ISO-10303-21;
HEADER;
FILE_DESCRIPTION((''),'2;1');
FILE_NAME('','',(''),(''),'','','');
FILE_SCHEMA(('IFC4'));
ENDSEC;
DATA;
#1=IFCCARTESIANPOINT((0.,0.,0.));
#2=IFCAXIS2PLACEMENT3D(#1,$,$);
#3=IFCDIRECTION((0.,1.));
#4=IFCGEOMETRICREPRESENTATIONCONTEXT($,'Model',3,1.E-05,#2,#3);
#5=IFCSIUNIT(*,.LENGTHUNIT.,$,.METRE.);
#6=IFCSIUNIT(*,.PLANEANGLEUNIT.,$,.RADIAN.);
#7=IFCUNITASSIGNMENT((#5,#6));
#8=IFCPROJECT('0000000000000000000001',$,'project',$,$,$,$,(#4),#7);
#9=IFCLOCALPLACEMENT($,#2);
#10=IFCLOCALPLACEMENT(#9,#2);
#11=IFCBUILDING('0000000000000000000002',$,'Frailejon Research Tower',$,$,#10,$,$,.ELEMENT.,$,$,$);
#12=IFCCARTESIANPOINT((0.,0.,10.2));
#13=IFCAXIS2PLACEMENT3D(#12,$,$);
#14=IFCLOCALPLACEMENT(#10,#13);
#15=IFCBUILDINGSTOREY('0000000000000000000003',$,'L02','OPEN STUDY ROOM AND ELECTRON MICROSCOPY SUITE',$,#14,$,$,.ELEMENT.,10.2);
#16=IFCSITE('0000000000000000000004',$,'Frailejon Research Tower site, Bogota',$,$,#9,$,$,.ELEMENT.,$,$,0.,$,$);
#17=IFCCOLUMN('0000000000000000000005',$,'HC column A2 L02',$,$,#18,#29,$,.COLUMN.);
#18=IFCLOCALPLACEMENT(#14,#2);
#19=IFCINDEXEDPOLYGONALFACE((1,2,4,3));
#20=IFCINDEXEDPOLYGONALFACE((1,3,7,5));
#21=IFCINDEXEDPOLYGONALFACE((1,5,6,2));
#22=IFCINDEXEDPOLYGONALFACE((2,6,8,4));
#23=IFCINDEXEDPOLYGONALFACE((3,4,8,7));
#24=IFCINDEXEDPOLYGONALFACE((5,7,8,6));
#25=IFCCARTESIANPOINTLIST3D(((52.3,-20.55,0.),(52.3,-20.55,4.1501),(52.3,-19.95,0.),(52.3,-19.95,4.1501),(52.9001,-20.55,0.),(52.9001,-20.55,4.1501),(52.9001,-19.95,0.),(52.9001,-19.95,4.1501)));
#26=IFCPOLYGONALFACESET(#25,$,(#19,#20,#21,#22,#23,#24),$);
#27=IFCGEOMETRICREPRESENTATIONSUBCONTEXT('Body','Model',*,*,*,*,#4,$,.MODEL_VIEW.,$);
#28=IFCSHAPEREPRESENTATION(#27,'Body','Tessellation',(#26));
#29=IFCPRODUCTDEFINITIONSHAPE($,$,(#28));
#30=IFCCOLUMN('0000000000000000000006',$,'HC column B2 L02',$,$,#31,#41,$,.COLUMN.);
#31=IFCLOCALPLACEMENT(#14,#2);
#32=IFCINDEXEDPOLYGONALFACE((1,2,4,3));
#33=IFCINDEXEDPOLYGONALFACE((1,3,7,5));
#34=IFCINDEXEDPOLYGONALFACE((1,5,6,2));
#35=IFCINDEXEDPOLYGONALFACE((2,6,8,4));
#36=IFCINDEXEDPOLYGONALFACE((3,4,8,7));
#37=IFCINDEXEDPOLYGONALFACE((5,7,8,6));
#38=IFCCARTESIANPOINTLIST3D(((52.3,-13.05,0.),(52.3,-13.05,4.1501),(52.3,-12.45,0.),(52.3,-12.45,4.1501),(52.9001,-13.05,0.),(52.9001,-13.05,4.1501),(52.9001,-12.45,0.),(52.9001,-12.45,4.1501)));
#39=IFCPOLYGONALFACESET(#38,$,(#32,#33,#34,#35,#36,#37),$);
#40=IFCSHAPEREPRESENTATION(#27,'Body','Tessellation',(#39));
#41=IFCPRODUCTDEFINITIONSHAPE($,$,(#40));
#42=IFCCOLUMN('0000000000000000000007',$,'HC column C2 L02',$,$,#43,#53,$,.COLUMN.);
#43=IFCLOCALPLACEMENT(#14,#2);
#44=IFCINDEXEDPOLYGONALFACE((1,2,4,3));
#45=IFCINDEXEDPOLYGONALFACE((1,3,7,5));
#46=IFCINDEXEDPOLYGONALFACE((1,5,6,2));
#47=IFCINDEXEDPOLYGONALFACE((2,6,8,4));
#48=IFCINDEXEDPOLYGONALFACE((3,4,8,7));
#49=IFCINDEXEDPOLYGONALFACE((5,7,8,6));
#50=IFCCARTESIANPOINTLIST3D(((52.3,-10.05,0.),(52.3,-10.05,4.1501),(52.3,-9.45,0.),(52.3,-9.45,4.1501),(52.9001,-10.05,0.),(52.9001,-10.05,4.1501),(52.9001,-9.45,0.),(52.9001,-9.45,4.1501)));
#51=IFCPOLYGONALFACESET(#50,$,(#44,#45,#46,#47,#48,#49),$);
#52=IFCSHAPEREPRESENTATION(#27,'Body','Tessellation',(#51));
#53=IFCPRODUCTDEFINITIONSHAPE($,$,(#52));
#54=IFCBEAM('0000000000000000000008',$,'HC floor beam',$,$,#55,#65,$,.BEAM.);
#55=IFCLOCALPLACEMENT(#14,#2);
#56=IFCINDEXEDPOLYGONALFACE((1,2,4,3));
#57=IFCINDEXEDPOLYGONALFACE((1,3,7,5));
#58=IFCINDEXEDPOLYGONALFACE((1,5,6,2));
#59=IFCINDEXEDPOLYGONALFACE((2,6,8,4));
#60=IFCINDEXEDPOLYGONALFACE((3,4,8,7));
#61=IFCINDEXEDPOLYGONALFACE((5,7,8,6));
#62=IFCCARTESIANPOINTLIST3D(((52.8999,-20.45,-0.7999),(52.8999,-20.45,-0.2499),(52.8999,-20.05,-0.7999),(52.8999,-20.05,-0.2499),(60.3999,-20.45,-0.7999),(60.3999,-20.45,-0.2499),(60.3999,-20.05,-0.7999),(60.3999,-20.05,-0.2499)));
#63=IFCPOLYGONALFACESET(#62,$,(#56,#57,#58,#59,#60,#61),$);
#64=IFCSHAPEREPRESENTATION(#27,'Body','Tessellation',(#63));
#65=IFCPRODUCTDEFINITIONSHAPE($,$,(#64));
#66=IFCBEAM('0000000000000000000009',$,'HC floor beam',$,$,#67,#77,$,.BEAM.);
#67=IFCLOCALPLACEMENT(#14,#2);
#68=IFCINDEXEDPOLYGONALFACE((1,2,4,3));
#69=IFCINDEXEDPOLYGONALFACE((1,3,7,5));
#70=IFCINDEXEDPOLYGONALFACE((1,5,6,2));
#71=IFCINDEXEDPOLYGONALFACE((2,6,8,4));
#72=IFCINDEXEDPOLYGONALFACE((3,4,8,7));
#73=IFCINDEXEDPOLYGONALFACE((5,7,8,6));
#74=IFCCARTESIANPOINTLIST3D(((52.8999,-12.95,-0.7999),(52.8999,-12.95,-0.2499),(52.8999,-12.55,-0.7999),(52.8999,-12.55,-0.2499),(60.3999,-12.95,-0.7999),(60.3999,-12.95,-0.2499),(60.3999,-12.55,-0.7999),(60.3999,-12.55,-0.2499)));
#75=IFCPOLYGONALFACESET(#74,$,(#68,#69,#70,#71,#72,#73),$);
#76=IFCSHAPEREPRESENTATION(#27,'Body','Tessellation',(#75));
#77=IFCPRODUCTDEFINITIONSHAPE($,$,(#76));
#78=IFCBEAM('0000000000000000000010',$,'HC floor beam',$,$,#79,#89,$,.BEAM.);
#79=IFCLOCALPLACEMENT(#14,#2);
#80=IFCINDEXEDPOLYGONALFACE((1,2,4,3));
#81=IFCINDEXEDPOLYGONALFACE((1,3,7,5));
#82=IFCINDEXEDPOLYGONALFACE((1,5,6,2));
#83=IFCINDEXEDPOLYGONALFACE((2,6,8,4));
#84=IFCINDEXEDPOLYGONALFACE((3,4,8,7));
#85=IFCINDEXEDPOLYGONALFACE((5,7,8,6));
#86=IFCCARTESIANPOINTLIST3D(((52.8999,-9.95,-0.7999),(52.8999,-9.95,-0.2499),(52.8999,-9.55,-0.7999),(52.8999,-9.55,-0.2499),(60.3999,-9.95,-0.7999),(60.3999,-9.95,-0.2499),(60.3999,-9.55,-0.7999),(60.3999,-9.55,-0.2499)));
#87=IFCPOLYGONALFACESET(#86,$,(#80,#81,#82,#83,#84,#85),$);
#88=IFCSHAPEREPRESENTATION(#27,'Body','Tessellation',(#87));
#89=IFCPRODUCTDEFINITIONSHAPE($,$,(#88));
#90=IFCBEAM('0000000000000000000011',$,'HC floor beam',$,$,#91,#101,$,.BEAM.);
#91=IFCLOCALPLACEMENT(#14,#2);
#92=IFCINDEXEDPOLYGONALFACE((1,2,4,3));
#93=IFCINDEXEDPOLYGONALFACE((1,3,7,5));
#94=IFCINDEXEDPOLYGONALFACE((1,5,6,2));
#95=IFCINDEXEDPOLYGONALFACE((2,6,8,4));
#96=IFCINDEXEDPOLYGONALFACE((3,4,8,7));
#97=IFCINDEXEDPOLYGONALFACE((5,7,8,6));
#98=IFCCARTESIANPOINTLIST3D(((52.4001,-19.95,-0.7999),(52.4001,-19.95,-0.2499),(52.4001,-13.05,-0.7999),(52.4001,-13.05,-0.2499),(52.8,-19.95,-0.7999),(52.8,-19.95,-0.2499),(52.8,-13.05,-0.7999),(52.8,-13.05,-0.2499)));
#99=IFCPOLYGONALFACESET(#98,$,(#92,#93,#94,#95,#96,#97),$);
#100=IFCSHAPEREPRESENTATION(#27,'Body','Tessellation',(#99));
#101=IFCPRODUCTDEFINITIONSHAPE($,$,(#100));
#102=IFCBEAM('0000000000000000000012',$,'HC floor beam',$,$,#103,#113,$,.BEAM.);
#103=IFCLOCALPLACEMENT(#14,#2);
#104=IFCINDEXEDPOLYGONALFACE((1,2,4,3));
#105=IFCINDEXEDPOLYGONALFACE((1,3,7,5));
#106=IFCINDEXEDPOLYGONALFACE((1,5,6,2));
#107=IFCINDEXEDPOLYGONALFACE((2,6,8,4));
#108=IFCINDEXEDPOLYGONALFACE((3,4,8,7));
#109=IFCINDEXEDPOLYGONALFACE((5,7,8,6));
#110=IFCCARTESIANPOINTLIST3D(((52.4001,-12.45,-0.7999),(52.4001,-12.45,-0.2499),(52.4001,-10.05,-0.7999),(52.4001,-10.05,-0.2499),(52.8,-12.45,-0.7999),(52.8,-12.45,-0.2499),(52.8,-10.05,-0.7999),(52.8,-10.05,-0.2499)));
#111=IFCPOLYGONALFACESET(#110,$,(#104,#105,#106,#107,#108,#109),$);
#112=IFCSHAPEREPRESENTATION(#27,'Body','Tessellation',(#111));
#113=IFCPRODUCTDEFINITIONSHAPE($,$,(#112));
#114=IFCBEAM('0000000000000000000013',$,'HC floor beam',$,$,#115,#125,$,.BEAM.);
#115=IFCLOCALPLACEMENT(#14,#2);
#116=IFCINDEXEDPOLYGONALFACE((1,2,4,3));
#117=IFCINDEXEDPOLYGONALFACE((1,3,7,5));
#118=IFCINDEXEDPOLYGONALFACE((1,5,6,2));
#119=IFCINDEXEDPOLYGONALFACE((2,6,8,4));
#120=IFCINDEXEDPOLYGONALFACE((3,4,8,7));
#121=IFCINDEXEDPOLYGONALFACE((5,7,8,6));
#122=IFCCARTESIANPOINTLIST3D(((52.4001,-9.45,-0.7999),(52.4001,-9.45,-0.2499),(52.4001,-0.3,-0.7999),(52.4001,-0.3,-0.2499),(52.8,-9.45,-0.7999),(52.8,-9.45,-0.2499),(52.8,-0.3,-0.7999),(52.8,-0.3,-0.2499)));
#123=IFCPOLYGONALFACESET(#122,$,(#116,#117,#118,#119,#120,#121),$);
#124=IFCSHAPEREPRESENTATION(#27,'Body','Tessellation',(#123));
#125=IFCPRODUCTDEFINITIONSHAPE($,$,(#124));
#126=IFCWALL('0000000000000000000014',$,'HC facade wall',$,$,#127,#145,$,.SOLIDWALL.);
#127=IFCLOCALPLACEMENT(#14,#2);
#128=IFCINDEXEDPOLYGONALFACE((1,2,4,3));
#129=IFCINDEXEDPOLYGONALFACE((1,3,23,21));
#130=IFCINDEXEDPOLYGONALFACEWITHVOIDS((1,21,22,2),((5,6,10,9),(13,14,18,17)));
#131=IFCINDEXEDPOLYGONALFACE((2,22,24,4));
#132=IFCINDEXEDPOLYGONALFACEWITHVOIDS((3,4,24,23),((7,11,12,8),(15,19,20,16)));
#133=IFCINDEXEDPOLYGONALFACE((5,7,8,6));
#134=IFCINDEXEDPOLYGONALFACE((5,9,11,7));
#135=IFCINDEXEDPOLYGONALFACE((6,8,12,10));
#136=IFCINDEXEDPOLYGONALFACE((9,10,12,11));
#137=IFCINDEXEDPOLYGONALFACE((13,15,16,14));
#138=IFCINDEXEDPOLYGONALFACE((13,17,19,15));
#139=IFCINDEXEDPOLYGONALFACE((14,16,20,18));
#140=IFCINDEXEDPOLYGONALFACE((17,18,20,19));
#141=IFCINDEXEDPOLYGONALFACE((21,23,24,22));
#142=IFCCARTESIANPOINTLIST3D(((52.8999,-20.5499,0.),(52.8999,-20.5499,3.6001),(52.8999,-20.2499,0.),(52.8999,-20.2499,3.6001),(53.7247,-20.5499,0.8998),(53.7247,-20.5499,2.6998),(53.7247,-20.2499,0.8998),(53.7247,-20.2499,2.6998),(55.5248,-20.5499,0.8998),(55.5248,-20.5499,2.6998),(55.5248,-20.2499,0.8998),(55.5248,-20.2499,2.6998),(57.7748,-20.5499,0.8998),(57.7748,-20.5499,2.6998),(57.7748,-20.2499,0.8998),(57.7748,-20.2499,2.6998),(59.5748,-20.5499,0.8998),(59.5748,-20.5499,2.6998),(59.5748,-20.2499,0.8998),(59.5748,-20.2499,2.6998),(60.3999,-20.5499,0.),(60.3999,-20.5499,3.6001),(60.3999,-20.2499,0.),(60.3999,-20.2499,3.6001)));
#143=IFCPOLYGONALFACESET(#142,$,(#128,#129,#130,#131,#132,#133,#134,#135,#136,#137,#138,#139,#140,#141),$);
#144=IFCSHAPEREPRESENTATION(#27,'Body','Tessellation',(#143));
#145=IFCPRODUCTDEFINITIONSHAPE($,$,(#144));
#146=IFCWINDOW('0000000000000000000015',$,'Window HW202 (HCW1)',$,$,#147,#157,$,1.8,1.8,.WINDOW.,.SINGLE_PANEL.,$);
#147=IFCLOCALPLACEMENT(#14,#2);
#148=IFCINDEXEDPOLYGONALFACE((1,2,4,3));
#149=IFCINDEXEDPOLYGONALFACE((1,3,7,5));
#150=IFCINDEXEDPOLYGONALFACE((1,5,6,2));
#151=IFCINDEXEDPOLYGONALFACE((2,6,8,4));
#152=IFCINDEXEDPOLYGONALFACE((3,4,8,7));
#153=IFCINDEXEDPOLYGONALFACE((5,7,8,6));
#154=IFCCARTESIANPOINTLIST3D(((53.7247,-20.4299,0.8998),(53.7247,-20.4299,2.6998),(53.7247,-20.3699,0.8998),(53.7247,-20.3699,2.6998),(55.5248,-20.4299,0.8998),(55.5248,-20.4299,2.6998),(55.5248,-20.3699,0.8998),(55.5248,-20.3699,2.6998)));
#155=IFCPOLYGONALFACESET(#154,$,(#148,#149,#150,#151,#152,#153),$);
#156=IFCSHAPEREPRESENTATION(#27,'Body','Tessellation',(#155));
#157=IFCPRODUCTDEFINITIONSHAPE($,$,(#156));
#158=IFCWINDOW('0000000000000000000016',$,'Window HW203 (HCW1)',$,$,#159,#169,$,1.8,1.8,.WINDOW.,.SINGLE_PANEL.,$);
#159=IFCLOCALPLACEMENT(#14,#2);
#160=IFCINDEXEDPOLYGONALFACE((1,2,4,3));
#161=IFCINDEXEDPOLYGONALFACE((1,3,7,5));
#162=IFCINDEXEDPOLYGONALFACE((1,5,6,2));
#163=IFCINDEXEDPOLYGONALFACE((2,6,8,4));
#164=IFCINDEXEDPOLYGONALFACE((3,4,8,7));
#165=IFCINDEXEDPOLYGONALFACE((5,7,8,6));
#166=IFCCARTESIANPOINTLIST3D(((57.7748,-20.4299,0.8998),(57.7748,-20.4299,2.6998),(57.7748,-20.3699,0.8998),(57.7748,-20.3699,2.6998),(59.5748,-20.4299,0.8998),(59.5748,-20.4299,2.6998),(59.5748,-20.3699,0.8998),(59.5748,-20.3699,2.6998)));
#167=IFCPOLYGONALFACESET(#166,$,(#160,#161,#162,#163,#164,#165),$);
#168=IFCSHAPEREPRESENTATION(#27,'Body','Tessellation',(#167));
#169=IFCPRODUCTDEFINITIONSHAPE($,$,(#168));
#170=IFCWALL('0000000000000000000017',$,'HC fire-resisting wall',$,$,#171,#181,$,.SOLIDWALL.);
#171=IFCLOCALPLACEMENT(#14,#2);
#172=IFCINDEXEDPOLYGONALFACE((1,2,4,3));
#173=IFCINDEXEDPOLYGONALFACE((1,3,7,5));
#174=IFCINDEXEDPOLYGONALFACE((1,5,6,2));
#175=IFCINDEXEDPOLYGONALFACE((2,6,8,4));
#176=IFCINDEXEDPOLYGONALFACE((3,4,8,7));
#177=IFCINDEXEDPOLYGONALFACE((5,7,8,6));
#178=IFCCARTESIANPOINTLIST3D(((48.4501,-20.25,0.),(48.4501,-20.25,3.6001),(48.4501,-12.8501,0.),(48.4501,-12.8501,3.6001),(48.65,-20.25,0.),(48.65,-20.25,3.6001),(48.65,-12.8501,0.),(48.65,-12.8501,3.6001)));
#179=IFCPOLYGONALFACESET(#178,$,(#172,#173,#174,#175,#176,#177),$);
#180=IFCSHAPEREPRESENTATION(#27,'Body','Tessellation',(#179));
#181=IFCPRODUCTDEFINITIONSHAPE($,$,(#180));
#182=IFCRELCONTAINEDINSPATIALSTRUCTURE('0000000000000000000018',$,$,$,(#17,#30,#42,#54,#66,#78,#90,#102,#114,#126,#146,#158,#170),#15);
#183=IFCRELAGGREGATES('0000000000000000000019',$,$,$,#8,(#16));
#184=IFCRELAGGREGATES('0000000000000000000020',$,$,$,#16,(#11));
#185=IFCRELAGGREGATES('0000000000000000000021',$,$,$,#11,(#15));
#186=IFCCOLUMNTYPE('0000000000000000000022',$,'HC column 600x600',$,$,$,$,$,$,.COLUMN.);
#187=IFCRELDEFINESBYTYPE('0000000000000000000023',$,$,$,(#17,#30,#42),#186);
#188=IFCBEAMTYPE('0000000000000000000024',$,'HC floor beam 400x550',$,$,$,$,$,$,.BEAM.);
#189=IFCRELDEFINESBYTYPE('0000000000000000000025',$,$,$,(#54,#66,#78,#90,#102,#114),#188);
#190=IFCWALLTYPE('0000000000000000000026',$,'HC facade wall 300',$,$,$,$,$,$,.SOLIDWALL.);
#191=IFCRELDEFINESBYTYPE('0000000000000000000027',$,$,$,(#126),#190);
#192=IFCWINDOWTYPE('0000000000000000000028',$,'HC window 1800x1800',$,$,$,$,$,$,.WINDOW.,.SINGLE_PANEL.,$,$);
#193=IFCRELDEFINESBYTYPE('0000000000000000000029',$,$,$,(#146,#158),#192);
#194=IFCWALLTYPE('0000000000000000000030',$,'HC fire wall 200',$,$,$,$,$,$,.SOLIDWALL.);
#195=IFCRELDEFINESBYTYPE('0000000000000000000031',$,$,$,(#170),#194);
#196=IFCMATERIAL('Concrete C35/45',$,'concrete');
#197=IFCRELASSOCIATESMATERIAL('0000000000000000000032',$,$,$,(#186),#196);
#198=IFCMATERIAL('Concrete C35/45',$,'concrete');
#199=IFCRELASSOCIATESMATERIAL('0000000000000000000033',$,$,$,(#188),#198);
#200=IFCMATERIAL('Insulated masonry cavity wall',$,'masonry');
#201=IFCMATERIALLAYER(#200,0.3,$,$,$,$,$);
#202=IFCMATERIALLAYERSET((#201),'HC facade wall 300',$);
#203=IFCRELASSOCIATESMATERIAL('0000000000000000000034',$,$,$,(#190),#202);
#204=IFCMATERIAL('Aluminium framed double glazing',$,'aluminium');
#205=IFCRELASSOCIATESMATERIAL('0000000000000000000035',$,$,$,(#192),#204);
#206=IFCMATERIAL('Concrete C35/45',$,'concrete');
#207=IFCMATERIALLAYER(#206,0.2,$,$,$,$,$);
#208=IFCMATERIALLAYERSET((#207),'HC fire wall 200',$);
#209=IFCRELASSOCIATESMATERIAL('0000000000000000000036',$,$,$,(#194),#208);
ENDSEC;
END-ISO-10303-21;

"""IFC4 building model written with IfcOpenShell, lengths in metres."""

from ifc_helpers import new_model, si_unit, direction, frame, frame_2d, origin, origin_2d, place, context, subcontext, project, spatial, rectangle, extrude, material, layer, layer_set, material_profile, profile_set, type_object, element, fill, save


model = new_model("IFC4")

# Units and contexts
model_context = context("Model", 3, precision=1e-05, world=origin(), true_north=direction((0.0, 1.0)))
body_context = subcontext(model_context, "Body", "Model", "MODEL_VIEW")
ifc_project = project(units=[si_unit("LENGTHUNIT", "METRE"), si_unit("PLANEANGLEUNIT", "RADIAN")], contexts=[model_context])

# Site, building, storey
site_placement = place(None, origin())
site = spatial("IfcSite", under=ifc_project, at=site_placement, Name="Frailejon Research Tower site, Bogota", CompositionType="ELEMENT", RefElevation=0.0)
building_placement = place(site_placement, origin())
building = spatial("IfcBuilding", under=site, at=building_placement, Name="Frailejon Research Tower", CompositionType="ELEMENT")
storey_placement = place(building_placement, frame((0.0, 0.0, 10.2)))
storey = spatial("IfcBuildingStorey", under=building, at=storey_placement, Name="L02", Description="OPEN STUDY ROOM AND ELECTRON MICROSCOPY SUITE", CompositionType="ELEMENT", Elevation=10.2)

# Columns
ifc_material_1 = material(Name="Concrete C35/45", Category="concrete")
ifc_material_profile_1 = material_profile(ifc_material_1, rectangle(XDim=0.6001, YDim=0.6001, at=origin_2d()), Name="HC column 600x600")
ifc_profile_set_1 = profile_set([ifc_material_profile_1], Name="Concrete C35/45")
column_type = type_object("IfcColumnType", Name="HC column 600x600", PredefinedType="COLUMN", material=ifc_profile_set_1)
for number, where, z_axis, x_axis, name in (
    (1, (52.6001, -20.25, 0.0), (0.0, 0.0, 1.0), (1.0, 0.0, 0.0), "HC column A2 L02"),
    (2, (52.6001, -12.75, 0.0), (0.0, 0.0, 1.0), (1.0, 0.0, 0.0), "HC column B2 L02"),
    (3, (52.6001, -9.75, 0.0), (0.0, 0.0, 1.0), (1.0, 0.0, 0.0), "HC column C2 L02"),
):
    element("IfcColumn", number, at=place(storey_placement, frame(where, z_axis=z_axis, x_axis=x_axis)), inside=storey, type_object=column_type, Name=name, PredefinedType="COLUMN", context=body_context, shape_type="SweptSolid", body=[
        extrude(rectangle(XDim=0.6001, YDim=0.6001, at=origin_2d()), origin(), (0.0, 0.0, 1.0), 4.1501),
    ])

# Beams
ifc_material_2 = material(Name="Concrete C35/45", Category="concrete")
ifc_material_profile_2 = material_profile(ifc_material_2, rectangle(XDim=0.3999, YDim=0.55, at=origin_2d()), Name="HC floor beam 400x550")
ifc_profile_set_2 = profile_set([ifc_material_profile_2], Name="Concrete C35/45")
beam_type = type_object("IfcBeamType", Name="HC floor beam 400x550", PredefinedType="BEAM", material=ifc_profile_set_2)
for number, where, z_axis, x_axis, name in (
    (4, (52.8999, -20.25, -0.5249), (1.0, 0.0, 0.0), (0.0, 1.0, 0.0), "HC floor beam"),
    (5, (52.8999, -12.75, -0.5249), (1.0, 0.0, 0.0), (0.0, 1.0, 0.0), "HC floor beam"),
    (6, (52.8999, -9.75, -0.5249), (1.0, 0.0, 0.0), (0.0, 1.0, 0.0), "HC floor beam"),
):
    element("IfcBeam", number, at=place(storey_placement, frame(where, z_axis=z_axis, x_axis=x_axis)), inside=storey, type_object=beam_type, Name=name, PredefinedType="BEAM", context=body_context, shape_type="SweptSolid", body=[
        extrude(rectangle(XDim=0.3999, YDim=0.55, at=origin_2d()), origin(), (0.0, 0.0, 1.0), 7.5),
    ])
beam_1_placement = place(storey_placement, frame((52.6001, -19.95, -0.5249), z_axis=(0.0, 1.0, 0.0), x_axis=(-1.0, 0.0, 0.0)))
element("IfcBeam", 7, at=beam_1_placement, inside=storey, type_object=beam_type, Name="HC floor beam", PredefinedType="BEAM", context=body_context, shape_type="SweptSolid", body=[
    extrude(rectangle(XDim=0.3999, YDim=0.55, at=origin_2d()), origin(), (0.0, 0.0, 1.0), 6.8999),
])
beam_2_placement = place(storey_placement, frame((52.6001, -12.45, -0.5249), z_axis=(0.0, 1.0, 0.0), x_axis=(-1.0, 0.0, 0.0)))
element("IfcBeam", 8, at=beam_2_placement, inside=storey, type_object=beam_type, Name="HC floor beam", PredefinedType="BEAM", context=body_context, shape_type="SweptSolid", body=[
    extrude(rectangle(XDim=0.3999, YDim=0.55, at=origin_2d()), origin(), (0.0, 0.0, 1.0), 2.3999),
])
beam_3_placement = place(storey_placement, frame((52.6001, -9.45, -0.5249), z_axis=(0.0, 1.0, 0.0), x_axis=(-1.0, 0.0, 0.0)))
element("IfcBeam", 9, at=beam_3_placement, inside=storey, type_object=beam_type, Name="HC floor beam", PredefinedType="BEAM", context=body_context, shape_type="SweptSolid", body=[
    extrude(rectangle(XDim=0.3999, YDim=0.55, at=origin_2d()), origin(), (0.0, 0.0, 1.0), 9.1499),
])

# Wall, openings, windows
ifc_material_3 = material(Name="Insulated masonry cavity wall", Category="masonry")
ifc_layer_1 = layer(ifc_material_3, 0.3)
ifc_layer_set_1 = layer_set([ifc_layer_1], Name="HC facade wall 300")
wall_type_1 = type_object("IfcWallType", Name="HC facade wall 300", PredefinedType="SOLIDWALL", material=ifc_layer_set_1)
wall_1_placement = place(storey_placement, frame((52.8999, -20.3999, 0.0), z_axis=(0.0, 0.0, 1.0), x_axis=(1.0, 0.0, 0.0)))
wall_1 = element("IfcWall", 10, at=wall_1_placement, inside=storey, type_object=wall_type_1, Name="HC facade wall", PredefinedType="SOLIDWALL", context=body_context, shape_type="SweptSolid", body=[
    extrude(rectangle(XDim=7.5, YDim=0.3, at=frame_2d((3.75, 0.0))), origin(), (0.0, 0.0, 1.0), 3.6001),
])
opening_1_placement = place(wall_1_placement, frame((0.825, 0.0, 0.8999)))
opening_1 = element("IfcOpeningElement", 11, at=opening_1_placement, cuts=wall_1, PredefinedType="OPENING", context=body_context, shape_type="SweptSolid", body=[
    extrude(rectangle(XDim=1.8, YDim=1.8, at=frame_2d((0.8999, 0.8999))), frame((0.0, 0.1599, 0.0), z_axis=(0.0, -1.0, 0.0), x_axis=(1.0, 0.0, 0.0)), (0.0, 0.0, 1.0), 0.3201),
])
opening_2_placement = place(wall_1_placement, frame((4.875, 0.0, 0.8999)))
opening_2 = element("IfcOpeningElement", 12, at=opening_2_placement, cuts=wall_1, PredefinedType="OPENING", context=body_context, shape_type="SweptSolid", body=[
    extrude(rectangle(XDim=1.8, YDim=1.8, at=frame_2d((0.8999, 0.8999))), frame((0.0, 0.1599, 0.0), z_axis=(0.0, -1.0, 0.0), x_axis=(1.0, 0.0, 0.0)), (0.0, 0.0, 1.0), 0.3201),
])
ifc_material_4 = material(Name="Aluminium framed double glazing", Category="aluminium")
window_type = type_object("IfcWindowType", Name="HC window 1800x1800", PartitioningType="SINGLE_PANEL", PredefinedType="WINDOW", material=ifc_material_4)
window_1_placement = place(opening_1_placement, origin())
window_1 = element("IfcWindow", 13, at=window_1_placement, inside=storey, type_object=window_type, Name="Window HW202 (HCW1)", OverallHeight=1.8, OverallWidth=1.8, PartitioningType="SINGLE_PANEL", PredefinedType="WINDOW", context=body_context, shape_type="SweptSolid", body=[
    extrude(rectangle(XDim=1.8, YDim=1.8, at=frame_2d((0.8999, 0.8999))), frame((0.0, 0.03, 0.0), z_axis=(0.0, -1.0, 0.0), x_axis=(1.0, 0.0, 0.0)), (0.0, 0.0, 1.0), 0.0601),
])
fill(opening_1, window_1)
window_2_placement = place(opening_2_placement, origin())
window_2 = element("IfcWindow", 14, at=window_2_placement, inside=storey, type_object=window_type, Name="Window HW203 (HCW1)", OverallHeight=1.8, OverallWidth=1.8, PartitioningType="SINGLE_PANEL", PredefinedType="WINDOW", context=body_context, shape_type="SweptSolid", body=[
    extrude(rectangle(XDim=1.8, YDim=1.8, at=frame_2d((0.8999, 0.8999))), frame((0.0, 0.03, 0.0), z_axis=(0.0, -1.0, 0.0), x_axis=(1.0, 0.0, 0.0)), (0.0, 0.0, 1.0), 0.0601),
])
fill(opening_2, window_2)

# Wall
ifc_material_5 = material(Name="Concrete C35/45", Category="concrete")
ifc_layer_2 = layer(ifc_material_5, 0.2)
ifc_layer_set_2 = layer_set([ifc_layer_2], Name="HC fire wall 200")
wall_type_2 = type_object("IfcWallType", Name="HC fire wall 200", PredefinedType="SOLIDWALL", material=ifc_layer_set_2)
wall_2_placement = place(storey_placement, frame((48.55, -20.25, 0.0), z_axis=(0.0, 0.0, 1.0), x_axis=(0.0, 1.0, 0.0)))
element("IfcWall", 15, at=wall_2_placement, inside=storey, type_object=wall_type_2, Name="HC fire-resisting wall", PredefinedType="SOLIDWALL", context=body_context, shape_type="SweptSolid", body=[
    extrude(rectangle(XDim=7.3999, YDim=0.2, at=frame_2d((3.7, 0.0))), origin(), (0.0, 0.0, 1.0), 3.6001),
])

save(model, "model.ifc")
